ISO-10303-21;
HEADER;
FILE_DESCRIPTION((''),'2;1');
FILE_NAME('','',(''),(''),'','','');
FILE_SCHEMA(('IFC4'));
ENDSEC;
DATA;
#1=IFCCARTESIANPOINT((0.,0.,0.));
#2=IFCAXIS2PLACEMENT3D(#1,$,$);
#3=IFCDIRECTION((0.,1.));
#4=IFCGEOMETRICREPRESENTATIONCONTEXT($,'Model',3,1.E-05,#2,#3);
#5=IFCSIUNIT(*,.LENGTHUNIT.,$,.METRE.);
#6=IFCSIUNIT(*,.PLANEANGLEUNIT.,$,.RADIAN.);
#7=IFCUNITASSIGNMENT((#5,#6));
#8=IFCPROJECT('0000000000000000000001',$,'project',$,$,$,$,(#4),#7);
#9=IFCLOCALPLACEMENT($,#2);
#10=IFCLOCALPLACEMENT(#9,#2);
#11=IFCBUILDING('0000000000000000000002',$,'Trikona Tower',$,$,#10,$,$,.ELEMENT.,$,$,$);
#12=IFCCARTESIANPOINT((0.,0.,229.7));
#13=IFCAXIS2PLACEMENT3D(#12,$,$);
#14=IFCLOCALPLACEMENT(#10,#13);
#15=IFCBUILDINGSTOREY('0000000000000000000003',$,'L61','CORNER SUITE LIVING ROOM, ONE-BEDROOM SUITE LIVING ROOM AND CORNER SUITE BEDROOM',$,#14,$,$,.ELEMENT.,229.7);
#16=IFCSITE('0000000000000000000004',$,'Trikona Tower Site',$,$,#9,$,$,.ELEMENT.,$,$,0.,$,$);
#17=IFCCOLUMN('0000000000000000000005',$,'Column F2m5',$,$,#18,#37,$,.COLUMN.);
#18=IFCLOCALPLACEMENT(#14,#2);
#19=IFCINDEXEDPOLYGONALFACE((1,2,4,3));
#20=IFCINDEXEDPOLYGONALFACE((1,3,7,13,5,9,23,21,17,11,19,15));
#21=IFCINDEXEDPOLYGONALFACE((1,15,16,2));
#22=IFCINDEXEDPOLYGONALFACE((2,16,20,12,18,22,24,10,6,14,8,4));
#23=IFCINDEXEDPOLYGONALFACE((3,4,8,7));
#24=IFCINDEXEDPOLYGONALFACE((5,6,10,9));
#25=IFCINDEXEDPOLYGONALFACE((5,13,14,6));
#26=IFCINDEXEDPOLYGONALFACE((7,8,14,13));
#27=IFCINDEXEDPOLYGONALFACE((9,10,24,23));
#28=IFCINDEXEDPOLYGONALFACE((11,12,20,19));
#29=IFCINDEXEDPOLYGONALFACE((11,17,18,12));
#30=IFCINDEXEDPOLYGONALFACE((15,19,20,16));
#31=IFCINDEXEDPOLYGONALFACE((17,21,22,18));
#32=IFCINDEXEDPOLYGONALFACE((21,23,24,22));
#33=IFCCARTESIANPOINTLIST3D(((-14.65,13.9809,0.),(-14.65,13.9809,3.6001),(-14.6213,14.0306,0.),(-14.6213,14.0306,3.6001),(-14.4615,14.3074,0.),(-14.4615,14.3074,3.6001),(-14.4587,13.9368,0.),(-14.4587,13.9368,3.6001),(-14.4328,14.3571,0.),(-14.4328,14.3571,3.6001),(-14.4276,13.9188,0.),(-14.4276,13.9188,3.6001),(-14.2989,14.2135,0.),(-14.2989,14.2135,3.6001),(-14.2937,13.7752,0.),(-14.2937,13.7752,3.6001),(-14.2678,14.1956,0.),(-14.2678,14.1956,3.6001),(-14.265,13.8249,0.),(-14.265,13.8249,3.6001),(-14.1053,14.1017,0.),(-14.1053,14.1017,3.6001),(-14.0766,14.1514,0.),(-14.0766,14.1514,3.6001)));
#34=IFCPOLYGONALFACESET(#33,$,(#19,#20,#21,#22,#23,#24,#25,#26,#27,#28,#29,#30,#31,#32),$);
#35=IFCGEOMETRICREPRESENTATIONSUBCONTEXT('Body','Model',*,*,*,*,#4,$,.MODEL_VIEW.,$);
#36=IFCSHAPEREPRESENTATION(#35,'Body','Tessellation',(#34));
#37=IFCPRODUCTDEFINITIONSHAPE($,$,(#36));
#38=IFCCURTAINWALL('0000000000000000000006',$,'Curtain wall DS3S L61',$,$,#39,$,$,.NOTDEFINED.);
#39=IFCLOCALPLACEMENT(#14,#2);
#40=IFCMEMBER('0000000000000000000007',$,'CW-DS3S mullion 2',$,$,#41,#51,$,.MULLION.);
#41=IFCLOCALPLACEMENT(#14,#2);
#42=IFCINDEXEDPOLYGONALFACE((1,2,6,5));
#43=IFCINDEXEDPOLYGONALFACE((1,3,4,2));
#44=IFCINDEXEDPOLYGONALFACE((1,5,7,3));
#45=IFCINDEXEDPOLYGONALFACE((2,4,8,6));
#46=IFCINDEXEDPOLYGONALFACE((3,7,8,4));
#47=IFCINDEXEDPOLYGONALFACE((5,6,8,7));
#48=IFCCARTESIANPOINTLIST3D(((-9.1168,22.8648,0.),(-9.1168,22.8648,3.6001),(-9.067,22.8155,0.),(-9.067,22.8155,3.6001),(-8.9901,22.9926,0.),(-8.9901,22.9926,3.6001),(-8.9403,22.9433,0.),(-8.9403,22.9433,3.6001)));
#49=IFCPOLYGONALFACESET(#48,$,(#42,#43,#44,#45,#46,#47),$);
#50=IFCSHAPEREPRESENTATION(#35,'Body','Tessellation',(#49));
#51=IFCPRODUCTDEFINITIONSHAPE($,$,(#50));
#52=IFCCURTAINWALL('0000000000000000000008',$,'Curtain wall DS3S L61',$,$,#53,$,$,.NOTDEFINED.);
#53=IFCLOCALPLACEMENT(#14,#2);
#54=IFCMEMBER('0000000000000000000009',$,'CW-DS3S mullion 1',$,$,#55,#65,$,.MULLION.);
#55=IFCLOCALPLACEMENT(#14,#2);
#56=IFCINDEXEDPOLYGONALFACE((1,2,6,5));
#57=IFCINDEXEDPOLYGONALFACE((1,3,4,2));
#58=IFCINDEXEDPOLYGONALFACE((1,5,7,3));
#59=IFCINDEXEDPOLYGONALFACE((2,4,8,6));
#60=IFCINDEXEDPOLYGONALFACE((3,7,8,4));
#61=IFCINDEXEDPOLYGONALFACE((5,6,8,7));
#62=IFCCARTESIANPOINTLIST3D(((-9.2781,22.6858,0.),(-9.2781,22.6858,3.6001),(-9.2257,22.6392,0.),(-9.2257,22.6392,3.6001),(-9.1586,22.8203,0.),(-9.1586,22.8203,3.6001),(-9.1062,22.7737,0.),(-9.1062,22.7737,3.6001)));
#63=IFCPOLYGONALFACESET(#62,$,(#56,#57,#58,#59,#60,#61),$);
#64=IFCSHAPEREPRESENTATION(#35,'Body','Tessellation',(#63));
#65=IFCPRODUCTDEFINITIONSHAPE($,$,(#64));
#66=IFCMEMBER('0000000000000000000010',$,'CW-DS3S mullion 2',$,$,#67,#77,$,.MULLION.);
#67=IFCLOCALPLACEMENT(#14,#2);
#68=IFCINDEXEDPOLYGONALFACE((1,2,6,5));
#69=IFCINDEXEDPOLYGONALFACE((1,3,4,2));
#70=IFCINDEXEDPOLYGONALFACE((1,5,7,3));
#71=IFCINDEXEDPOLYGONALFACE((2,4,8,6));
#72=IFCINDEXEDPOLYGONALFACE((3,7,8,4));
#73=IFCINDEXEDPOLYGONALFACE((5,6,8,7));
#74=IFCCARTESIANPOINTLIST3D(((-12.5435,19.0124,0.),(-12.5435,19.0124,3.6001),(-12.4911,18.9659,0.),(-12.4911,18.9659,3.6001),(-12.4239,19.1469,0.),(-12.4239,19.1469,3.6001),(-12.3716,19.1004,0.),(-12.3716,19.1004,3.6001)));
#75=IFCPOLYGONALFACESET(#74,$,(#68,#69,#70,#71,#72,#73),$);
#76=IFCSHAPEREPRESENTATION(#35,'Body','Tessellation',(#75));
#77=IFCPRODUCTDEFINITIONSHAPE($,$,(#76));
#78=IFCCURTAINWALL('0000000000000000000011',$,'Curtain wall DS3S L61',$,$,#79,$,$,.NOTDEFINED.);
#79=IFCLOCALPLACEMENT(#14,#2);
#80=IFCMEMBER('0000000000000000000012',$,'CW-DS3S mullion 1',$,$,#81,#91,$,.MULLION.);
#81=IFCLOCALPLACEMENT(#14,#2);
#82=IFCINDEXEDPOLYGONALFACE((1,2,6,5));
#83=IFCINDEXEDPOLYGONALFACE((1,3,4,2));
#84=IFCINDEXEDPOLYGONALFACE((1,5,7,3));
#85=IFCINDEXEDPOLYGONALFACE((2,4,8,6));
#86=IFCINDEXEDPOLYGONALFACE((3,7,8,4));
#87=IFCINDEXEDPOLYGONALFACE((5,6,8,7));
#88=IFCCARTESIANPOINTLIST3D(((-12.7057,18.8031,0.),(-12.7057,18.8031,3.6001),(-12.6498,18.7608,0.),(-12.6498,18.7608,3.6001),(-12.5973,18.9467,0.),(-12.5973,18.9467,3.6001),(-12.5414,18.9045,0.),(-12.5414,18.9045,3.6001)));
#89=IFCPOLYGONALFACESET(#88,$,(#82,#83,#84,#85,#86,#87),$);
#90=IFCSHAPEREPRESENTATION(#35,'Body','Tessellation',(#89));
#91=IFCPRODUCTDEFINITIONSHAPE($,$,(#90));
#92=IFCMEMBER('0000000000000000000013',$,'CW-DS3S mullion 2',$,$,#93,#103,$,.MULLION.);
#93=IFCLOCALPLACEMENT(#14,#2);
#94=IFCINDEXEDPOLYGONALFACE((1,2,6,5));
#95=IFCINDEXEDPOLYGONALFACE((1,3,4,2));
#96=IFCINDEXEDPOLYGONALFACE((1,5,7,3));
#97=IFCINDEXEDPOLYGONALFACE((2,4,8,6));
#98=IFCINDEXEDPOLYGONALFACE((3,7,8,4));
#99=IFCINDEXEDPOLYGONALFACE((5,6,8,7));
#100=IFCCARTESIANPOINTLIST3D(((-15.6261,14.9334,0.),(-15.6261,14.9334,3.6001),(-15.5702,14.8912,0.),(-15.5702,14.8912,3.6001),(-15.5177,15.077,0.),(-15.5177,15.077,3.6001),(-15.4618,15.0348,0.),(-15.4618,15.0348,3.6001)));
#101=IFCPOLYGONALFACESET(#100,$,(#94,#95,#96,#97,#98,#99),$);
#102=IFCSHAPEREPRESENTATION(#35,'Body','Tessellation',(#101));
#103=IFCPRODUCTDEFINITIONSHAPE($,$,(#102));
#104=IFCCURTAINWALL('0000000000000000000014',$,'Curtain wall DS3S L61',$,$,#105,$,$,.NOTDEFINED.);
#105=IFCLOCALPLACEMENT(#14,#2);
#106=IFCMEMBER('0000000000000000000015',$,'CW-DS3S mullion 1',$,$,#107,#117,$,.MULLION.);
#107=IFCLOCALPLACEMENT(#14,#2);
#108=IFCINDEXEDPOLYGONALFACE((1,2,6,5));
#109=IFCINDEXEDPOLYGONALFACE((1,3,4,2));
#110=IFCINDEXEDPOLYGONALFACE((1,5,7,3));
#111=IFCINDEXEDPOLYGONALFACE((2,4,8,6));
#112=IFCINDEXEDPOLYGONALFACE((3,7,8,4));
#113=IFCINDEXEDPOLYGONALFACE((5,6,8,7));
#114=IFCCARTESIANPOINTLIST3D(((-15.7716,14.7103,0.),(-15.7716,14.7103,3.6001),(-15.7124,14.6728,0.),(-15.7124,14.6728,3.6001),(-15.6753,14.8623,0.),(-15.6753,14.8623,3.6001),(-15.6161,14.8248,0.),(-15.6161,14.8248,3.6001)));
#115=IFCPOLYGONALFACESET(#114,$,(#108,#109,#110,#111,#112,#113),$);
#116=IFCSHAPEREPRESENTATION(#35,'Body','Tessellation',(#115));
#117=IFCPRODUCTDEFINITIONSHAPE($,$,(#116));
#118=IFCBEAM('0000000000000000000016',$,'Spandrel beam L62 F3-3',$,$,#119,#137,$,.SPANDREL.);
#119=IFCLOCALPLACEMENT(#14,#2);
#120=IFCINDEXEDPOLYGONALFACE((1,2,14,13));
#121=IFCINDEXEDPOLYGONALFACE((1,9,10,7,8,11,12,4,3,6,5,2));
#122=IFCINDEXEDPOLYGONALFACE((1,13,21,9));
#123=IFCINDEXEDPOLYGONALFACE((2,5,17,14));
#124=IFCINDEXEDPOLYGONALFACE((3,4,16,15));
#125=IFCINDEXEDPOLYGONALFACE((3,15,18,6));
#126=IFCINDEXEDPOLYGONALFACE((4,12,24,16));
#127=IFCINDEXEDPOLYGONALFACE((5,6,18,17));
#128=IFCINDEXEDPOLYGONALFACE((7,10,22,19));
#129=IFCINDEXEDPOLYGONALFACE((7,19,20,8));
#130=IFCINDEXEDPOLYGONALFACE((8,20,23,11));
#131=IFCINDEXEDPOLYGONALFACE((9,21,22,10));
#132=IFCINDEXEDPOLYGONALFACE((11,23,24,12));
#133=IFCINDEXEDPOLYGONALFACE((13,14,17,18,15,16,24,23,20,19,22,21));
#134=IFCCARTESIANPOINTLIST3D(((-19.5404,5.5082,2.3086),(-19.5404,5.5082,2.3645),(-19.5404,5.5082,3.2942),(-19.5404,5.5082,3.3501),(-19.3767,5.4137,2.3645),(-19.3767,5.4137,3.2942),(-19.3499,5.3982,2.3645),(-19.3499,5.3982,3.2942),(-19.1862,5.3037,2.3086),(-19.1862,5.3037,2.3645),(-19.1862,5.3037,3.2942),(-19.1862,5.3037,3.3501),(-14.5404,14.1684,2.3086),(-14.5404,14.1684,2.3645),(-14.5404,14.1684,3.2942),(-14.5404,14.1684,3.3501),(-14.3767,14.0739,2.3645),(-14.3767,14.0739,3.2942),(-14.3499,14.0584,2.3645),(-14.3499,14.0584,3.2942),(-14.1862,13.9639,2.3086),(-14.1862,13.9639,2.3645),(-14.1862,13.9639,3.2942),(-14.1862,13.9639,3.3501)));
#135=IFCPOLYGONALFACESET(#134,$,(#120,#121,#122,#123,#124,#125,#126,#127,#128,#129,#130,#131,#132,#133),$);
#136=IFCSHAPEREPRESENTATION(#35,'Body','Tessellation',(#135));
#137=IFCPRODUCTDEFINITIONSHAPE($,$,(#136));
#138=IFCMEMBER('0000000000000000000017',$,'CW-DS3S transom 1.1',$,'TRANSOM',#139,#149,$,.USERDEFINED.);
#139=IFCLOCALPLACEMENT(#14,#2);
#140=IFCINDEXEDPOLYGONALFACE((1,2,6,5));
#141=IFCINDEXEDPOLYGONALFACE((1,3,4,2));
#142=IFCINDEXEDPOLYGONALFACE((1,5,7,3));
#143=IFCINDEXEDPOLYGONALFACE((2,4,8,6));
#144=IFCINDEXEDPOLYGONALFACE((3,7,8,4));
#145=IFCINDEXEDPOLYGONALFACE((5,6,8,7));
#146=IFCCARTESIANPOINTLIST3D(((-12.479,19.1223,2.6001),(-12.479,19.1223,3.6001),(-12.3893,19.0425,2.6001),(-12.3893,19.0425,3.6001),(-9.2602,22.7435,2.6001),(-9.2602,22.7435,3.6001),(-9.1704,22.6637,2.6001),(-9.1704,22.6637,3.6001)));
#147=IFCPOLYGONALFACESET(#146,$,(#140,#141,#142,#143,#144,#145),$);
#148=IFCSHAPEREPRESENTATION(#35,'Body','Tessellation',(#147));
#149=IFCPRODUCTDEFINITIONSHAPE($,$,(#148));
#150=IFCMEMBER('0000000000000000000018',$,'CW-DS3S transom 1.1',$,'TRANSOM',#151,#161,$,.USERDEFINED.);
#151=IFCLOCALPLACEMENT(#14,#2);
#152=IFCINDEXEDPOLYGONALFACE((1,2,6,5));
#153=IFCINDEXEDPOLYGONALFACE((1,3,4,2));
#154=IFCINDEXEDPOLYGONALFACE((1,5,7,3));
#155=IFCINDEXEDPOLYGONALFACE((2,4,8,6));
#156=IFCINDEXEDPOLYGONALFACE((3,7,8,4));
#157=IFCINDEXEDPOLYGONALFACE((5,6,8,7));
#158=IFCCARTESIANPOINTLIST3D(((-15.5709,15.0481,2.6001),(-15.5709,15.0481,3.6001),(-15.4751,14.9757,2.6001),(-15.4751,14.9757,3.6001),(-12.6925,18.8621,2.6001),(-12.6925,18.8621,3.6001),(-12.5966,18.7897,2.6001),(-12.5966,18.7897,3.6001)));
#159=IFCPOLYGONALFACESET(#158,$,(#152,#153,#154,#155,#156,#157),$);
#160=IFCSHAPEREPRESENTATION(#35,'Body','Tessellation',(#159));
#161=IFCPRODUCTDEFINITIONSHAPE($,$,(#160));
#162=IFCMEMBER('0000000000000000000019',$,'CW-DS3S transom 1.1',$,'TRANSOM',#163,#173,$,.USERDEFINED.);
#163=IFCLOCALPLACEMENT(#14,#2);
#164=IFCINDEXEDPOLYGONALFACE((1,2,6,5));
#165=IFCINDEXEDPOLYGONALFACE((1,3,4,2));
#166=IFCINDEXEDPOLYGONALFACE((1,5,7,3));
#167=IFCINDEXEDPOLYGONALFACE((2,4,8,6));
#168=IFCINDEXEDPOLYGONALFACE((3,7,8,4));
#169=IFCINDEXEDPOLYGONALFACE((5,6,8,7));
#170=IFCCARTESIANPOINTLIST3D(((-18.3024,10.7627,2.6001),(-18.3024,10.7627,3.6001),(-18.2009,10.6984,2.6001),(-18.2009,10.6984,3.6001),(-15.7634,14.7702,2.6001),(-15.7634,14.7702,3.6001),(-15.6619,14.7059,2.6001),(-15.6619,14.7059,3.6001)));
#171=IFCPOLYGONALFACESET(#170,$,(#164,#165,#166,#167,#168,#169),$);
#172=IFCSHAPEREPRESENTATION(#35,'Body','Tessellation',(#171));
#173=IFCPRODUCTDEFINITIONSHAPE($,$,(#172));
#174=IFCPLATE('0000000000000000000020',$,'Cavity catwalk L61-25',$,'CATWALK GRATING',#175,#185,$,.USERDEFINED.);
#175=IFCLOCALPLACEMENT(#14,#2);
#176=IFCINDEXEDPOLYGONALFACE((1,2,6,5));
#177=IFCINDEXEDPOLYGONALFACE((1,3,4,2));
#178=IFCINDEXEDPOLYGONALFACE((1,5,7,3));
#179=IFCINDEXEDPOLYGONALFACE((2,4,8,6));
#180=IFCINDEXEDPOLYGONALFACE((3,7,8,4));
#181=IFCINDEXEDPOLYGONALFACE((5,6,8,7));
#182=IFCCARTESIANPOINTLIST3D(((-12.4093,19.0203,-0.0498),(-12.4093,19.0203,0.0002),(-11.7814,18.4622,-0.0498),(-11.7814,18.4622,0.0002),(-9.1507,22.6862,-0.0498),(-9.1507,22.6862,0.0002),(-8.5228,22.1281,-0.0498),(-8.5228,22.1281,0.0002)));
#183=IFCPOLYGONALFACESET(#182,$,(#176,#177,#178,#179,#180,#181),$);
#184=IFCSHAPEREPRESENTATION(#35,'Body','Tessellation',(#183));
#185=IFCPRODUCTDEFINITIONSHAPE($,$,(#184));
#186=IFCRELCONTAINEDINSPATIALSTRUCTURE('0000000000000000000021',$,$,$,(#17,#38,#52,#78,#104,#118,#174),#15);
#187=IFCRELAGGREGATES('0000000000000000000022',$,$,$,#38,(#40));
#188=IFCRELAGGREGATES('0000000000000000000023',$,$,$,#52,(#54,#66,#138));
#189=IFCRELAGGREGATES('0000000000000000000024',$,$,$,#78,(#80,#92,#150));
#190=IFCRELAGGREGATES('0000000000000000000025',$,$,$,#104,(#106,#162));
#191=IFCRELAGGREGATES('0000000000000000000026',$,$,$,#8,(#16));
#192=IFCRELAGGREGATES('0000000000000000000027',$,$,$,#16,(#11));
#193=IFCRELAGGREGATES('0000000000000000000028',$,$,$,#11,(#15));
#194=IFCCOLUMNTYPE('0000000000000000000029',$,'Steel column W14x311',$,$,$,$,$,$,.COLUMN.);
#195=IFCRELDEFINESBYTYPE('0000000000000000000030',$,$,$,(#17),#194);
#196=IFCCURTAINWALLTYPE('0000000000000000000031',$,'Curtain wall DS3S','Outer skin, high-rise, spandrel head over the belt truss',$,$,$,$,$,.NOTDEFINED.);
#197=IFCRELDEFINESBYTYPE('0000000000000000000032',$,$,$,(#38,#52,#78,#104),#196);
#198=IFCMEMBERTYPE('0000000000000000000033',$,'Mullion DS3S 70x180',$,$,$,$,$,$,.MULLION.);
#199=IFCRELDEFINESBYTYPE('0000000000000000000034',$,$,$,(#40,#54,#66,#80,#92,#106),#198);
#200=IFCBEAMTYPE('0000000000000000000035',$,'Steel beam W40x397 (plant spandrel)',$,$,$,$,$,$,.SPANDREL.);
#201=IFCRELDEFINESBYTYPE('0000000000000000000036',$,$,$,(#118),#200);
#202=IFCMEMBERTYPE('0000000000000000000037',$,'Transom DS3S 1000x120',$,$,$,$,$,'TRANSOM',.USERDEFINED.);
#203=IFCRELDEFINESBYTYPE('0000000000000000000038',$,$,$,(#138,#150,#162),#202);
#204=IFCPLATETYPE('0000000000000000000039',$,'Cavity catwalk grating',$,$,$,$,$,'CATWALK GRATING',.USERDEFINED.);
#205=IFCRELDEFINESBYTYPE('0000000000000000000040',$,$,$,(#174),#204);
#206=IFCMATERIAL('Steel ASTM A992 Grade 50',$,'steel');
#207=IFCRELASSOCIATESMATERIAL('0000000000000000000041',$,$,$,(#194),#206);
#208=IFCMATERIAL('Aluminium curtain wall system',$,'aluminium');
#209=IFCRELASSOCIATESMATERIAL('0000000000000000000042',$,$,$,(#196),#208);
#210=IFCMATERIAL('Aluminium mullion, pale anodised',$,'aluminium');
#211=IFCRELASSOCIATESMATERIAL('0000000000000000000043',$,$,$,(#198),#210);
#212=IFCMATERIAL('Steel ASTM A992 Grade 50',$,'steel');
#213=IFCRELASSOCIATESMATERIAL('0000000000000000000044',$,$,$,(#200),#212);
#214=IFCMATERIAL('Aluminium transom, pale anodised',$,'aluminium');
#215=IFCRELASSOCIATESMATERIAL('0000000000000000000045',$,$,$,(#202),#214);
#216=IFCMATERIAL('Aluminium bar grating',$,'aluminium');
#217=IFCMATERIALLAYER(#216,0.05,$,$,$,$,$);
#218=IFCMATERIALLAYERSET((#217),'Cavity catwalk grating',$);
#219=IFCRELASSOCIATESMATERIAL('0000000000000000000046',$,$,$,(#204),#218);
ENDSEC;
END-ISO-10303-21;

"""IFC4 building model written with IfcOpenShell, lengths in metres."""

from ifc_helpers import new_model, si_unit, direction, frame, origin, origin_2d, place, context, subcontext, project, spatial, rectangle, i_section, extrude, material, layer, layer_set, material_profile, profile_set, type_object, element, aggregate, save


model = new_model("IFC4")

# Units and contexts
model_context = context("Model", 3, precision=1e-05, world=origin(), true_north=direction((0.0, 1.0)))
body_context = subcontext(model_context, "Body", "Model", "MODEL_VIEW")
ifc_project = project(units=[si_unit("LENGTHUNIT", "METRE"), si_unit("PLANEANGLEUNIT", "RADIAN")], contexts=[model_context])

# Site, building, storey
site_placement = place(None, origin())
site = spatial("IfcSite", under=ifc_project, at=site_placement, Name="Trikona Tower Site", CompositionType="ELEMENT", RefElevation=0.0)
building_placement = place(site_placement, origin())
building = spatial("IfcBuilding", under=site, at=building_placement, Name="Trikona Tower", CompositionType="ELEMENT")
storey_placement = place(building_placement, frame((0.0, 0.0, 229.7)))
storey = spatial("IfcBuildingStorey", under=building, at=storey_placement, Name="L61", Description="CORNER SUITE LIVING ROOM, ONE-BEDROOM SUITE LIVING ROOM AND CORNER SUITE BEDROOM", CompositionType="ELEMENT", Elevation=229.7)

# Column
ifc_material_1 = material(Name="Steel ASTM A992 Grade 50", Category="steel")
ifc_material_profile_1 = material_profile(ifc_material_1, i_section(OverallWidth=0.4114, OverallDepth=0.4343, WebThickness=0.0359, FlangeThickness=0.0574, at=origin_2d()), Name="W14X311")
ifc_profile_set_1 = profile_set([ifc_material_profile_1], Name="Steel ASTM A992 Grade 50")
column_type = type_object("IfcColumnType", Name="Steel column W14x311", PredefinedType="COLUMN", material=ifc_profile_set_1)
column_placement = place(storey_placement, frame((-14.3633, 14.0662, 0.0), z_axis=(0.0, 0.0, 1.0), x_axis=(-0.866025, 0.5, 0.0)))
element("IfcColumn", 1, at=column_placement, inside=storey, type_object=column_type, Name="Column F2m5", PredefinedType="COLUMN", context=body_context, shape_type="SweptSolid", body=[
    extrude(i_section(OverallWidth=0.4114, OverallDepth=0.4343, WebThickness=0.0359, FlangeThickness=0.0574, at=origin_2d()), origin(), (0.0, 0.0, 1.0), 3.6001),
])

# Curtain wall, member
ifc_material_2 = material(Name="Aluminium curtain wall system", Category="aluminium")
curtain_wall_type = type_object("IfcCurtainWallType", Name="Curtain wall DS3S", Description="Outer skin, high-rise, spandrel head over the belt truss", PredefinedType="NOTDEFINED", material=ifc_material_2)
curtain_wall_1_placement = place(storey_placement, origin())
curtain_wall_1 = element("IfcCurtainWall", 2, at=curtain_wall_1_placement, inside=storey, type_object=curtain_wall_type, Name="Curtain wall DS3S L61", PredefinedType="NOTDEFINED")
ifc_material_3 = material(Name="Aluminium mullion, pale anodised", Category="aluminium")
ifc_material_profile_2 = material_profile(ifc_material_3, rectangle(XDim=0.0701, YDim=0.1799, at=origin_2d()), Name="MUL-DS3S")
ifc_profile_set_2 = profile_set([ifc_material_profile_2], Name="Aluminium mullion, pale anodised")
member_type_1 = type_object("IfcMemberType", Name="Mullion DS3S 70x180", PredefinedType="MULLION", material=ifc_profile_set_2)
member_1_placement = place(storey_placement, frame((-9.0286, 22.9041, 0.0), z_axis=(0.0, 0.0, 1.0), x_axis=(0.710052, -0.704149, 0.0)))
member_1 = element("IfcMember", 3, at=member_1_placement, type_object=member_type_1, Name="CW-DS3S mullion 2", PredefinedType="MULLION", context=body_context, shape_type="SweptSolid", body=[
    extrude(rectangle(XDim=0.0701, YDim=0.1799, at=origin_2d()), origin(), (0.0, 0.0, 1.0), 3.6001),
])
aggregate(curtain_wall_1, [member_1])

# Curtain walls, members
curtain_wall_2_placement = place(storey_placement, origin())
curtain_wall_2 = element("IfcCurtainWall", 4, at=curtain_wall_2_placement, inside=storey, type_object=curtain_wall_type, Name="Curtain wall DS3S L61", PredefinedType="NOTDEFINED")
member_2_placement = place(storey_placement, frame((-9.1921, 22.7297, 0.0), z_axis=(0.0, 0.0, 1.0), x_axis=(0.747403, -0.664371, 0.0)))
member_2 = element("IfcMember", 5, at=member_2_placement, type_object=member_type_1, Name="CW-DS3S mullion 1", PredefinedType="MULLION", context=body_context, shape_type="SweptSolid", body=[
    extrude(rectangle(XDim=0.0701, YDim=0.1799, at=origin_2d()), origin(), (0.0, 0.0, 1.0), 3.6001),
])
member_3_placement = place(storey_placement, frame((-12.4575, 19.0564, 0.0), z_axis=(0.0, 0.0, 1.0), x_axis=(0.747403, -0.664371, 0.0)))
member_3 = element("IfcMember", 6, at=member_3_placement, type_object=member_type_1, Name="CW-DS3S mullion 2", PredefinedType="MULLION", context=body_context, shape_type="SweptSolid", body=[
    extrude(rectangle(XDim=0.0701, YDim=0.1799, at=origin_2d()), origin(), (0.0, 0.0, 1.0), 3.6001),
])
curtain_wall_3_placement = place(storey_placement, origin())
curtain_wall_3 = element("IfcCurtainWall", 7, at=curtain_wall_3_placement, inside=storey, type_object=curtain_wall_type, Name="Curtain wall DS3S L61", PredefinedType="NOTDEFINED")
member_4_placement = place(storey_placement, frame((-12.6235, 18.8538, 0.0), z_axis=(0.0, 0.0, 1.0), x_axis=(0.798193, -0.602402, 0.0)))
member_4 = element("IfcMember", 8, at=member_4_placement, type_object=member_type_1, Name="CW-DS3S mullion 1", PredefinedType="MULLION", context=body_context, shape_type="SweptSolid", body=[
    extrude(rectangle(XDim=0.0701, YDim=0.1799, at=origin_2d()), origin(), (0.0, 0.0, 1.0), 3.6001),
])
member_5_placement = place(storey_placement, frame((-15.5439, 14.9841, 0.0), z_axis=(0.0, 0.0, 1.0), x_axis=(0.798193, -0.602402, 0.0)))
member_5 = element("IfcMember", 9, at=member_5_placement, type_object=member_type_1, Name="CW-DS3S mullion 2", PredefinedType="MULLION", context=body_context, shape_type="SweptSolid", body=[
    extrude(rectangle(XDim=0.0701, YDim=0.1799, at=origin_2d()), origin(), (0.0, 0.0, 1.0), 3.6001),
])

# Curtain wall, member
curtain_wall_4_placement = place(storey_placement, origin())
curtain_wall_4 = element("IfcCurtainWall", 10, at=curtain_wall_4_placement, inside=storey, type_object=curtain_wall_type, Name="Curtain wall DS3S L61", PredefinedType="NOTDEFINED")
member_6_placement = place(storey_placement, frame((-15.6938, 14.7676, 0.0), z_axis=(0.0, 0.0, 1.0), x_axis=(0.844727, -0.535197, 0.0)))
member_6 = element("IfcMember", 11, at=member_6_placement, type_object=member_type_1, Name="CW-DS3S mullion 1", PredefinedType="MULLION", context=body_context, shape_type="SweptSolid", body=[
    extrude(rectangle(XDim=0.0701, YDim=0.1799, at=origin_2d()), origin(), (0.0, 0.0, 1.0), 3.6001),
])

# Beam
ifc_material_4 = material(Name="Steel ASTM A992 Grade 50", Category="steel")
ifc_material_profile_3 = material_profile(ifc_material_4, i_section(OverallWidth=0.4089, OverallDepth=1.0415, WebThickness=0.031, FlangeThickness=0.0559, at=origin_2d()), Name="W40X397")
ifc_profile_set_3 = profile_set([ifc_material_profile_3], Name="Steel ASTM A992 Grade 50")
beam_type = type_object("IfcBeamType", Name="Steel beam W40x397 (plant spandrel)", PredefinedType="SPANDREL", material=ifc_profile_set_3)
beam_placement = place(storey_placement, frame((-14.3633, 14.0662, 2.8293), z_axis=(-0.500004, -0.866023, 0.0), x_axis=(0.866023, -0.500004, 0.0)))
element("IfcBeam", 12, at=beam_placement, inside=storey, type_object=beam_type, Name="Spandrel beam L62 F3-3", PredefinedType="SPANDREL", context=body_context, shape_type="SweptSolid", body=[
    extrude(i_section(OverallWidth=0.4089, OverallDepth=1.0415, WebThickness=0.031, FlangeThickness=0.0559, at=origin_2d()), origin(), (0.0, 0.0, 1.0), 10.0),
])

# Members
ifc_material_5 = material(Name="Aluminium transom, pale anodised", Category="aluminium")
ifc_material_profile_4 = material_profile(ifc_material_5, rectangle(XDim=0.1201, YDim=1.0, at=origin_2d()), Name="TRN-DS3S")
ifc_profile_set_4 = profile_set([ifc_material_profile_4], Name="Aluminium transom, pale anodised")
member_type_2 = type_object("IfcMemberType", Name="Transom DS3S 1000x120", ElementType="TRANSOM", PredefinedType="USERDEFINED", material=ifc_profile_set_4)
member_7_placement = place(storey_placement, frame((-9.2153, 22.7036, 3.1001), z_axis=(-0.664364, -0.747409, 0.0), x_axis=(0.747409, -0.664364, 0.0)))
member_7 = element("IfcMember", 13, at=member_7_placement, type_object=member_type_2, Name="CW-DS3S transom 1.1", ObjectType="TRANSOM", PredefinedType="USERDEFINED", context=body_context, shape_type="SweptSolid", body=[
    extrude(rectangle(XDim=0.1201, YDim=1.0, at=origin_2d()), origin(), (0.0, 0.0, 1.0), 4.845),
])
member_8_placement = place(storey_placement, frame((-12.6445, 18.8259, 3.1001), z_axis=(-0.602401, -0.798194, 0.0), x_axis=(0.798194, -0.602401, 0.0)))
member_8 = element("IfcMember", 14, at=member_8_placement, type_object=member_type_2, Name="CW-DS3S transom 1.1", ObjectType="TRANSOM", PredefinedType="USERDEFINED", context=body_context, shape_type="SweptSolid", body=[
    extrude(rectangle(XDim=0.1201, YDim=1.0, at=origin_2d()), origin(), (0.0, 0.0, 1.0), 4.7783),
])
member_9_placement = place(storey_placement, frame((-15.7126, 14.738, 3.1001), z_axis=(-0.535193, -0.84473, 0.0), x_axis=(0.84473, -0.535193, 0.0)))
member_9 = element("IfcMember", 15, at=member_9_placement, type_object=member_type_2, Name="CW-DS3S transom 1.1", ObjectType="TRANSOM", PredefinedType="USERDEFINED", context=body_context, shape_type="SweptSolid", body=[
    extrude(rectangle(XDim=0.1201, YDim=1.0, at=origin_2d()), origin(), (0.0, 0.0, 1.0), 4.7441),
])

# Plate
ifc_material_6 = material(Name="Aluminium bar grating", Category="aluminium")
ifc_layer_1 = layer(ifc_material_6, 0.05)
ifc_layer_set_1 = layer_set([ifc_layer_1], Name="Cavity catwalk grating")
plate_type_1 = type_object("IfcPlateType", Name="Cavity catwalk grating", ElementType="CATWALK GRATING", PredefinedType="USERDEFINED", material=ifc_layer_set_1)
plate_1_placement = place(storey_placement, frame((-10.4661, 20.5742, -0.0498), z_axis=(0.0, 0.0, 1.0), x_axis=(-0.664367, -0.747406, 0.0)))
element("IfcPlate", 16, at=plate_1_placement, inside=storey, type_object=plate_type_1, Name="Cavity catwalk L61-25", ObjectType="CATWALK GRATING", PredefinedType="USERDEFINED", context=body_context, shape_type="SweptSolid", body=[
    extrude(rectangle(XDim=4.9048, YDim=0.8401, at=origin_2d()), origin(), (0.0, 0.0, 1.0), 0.05),
])

aggregate(curtain_wall_2, [member_2, member_3, member_7])
aggregate(curtain_wall_3, [member_4, member_5, member_8])
aggregate(curtain_wall_4, [member_6, member_9])

save(model, "model.ifc")
